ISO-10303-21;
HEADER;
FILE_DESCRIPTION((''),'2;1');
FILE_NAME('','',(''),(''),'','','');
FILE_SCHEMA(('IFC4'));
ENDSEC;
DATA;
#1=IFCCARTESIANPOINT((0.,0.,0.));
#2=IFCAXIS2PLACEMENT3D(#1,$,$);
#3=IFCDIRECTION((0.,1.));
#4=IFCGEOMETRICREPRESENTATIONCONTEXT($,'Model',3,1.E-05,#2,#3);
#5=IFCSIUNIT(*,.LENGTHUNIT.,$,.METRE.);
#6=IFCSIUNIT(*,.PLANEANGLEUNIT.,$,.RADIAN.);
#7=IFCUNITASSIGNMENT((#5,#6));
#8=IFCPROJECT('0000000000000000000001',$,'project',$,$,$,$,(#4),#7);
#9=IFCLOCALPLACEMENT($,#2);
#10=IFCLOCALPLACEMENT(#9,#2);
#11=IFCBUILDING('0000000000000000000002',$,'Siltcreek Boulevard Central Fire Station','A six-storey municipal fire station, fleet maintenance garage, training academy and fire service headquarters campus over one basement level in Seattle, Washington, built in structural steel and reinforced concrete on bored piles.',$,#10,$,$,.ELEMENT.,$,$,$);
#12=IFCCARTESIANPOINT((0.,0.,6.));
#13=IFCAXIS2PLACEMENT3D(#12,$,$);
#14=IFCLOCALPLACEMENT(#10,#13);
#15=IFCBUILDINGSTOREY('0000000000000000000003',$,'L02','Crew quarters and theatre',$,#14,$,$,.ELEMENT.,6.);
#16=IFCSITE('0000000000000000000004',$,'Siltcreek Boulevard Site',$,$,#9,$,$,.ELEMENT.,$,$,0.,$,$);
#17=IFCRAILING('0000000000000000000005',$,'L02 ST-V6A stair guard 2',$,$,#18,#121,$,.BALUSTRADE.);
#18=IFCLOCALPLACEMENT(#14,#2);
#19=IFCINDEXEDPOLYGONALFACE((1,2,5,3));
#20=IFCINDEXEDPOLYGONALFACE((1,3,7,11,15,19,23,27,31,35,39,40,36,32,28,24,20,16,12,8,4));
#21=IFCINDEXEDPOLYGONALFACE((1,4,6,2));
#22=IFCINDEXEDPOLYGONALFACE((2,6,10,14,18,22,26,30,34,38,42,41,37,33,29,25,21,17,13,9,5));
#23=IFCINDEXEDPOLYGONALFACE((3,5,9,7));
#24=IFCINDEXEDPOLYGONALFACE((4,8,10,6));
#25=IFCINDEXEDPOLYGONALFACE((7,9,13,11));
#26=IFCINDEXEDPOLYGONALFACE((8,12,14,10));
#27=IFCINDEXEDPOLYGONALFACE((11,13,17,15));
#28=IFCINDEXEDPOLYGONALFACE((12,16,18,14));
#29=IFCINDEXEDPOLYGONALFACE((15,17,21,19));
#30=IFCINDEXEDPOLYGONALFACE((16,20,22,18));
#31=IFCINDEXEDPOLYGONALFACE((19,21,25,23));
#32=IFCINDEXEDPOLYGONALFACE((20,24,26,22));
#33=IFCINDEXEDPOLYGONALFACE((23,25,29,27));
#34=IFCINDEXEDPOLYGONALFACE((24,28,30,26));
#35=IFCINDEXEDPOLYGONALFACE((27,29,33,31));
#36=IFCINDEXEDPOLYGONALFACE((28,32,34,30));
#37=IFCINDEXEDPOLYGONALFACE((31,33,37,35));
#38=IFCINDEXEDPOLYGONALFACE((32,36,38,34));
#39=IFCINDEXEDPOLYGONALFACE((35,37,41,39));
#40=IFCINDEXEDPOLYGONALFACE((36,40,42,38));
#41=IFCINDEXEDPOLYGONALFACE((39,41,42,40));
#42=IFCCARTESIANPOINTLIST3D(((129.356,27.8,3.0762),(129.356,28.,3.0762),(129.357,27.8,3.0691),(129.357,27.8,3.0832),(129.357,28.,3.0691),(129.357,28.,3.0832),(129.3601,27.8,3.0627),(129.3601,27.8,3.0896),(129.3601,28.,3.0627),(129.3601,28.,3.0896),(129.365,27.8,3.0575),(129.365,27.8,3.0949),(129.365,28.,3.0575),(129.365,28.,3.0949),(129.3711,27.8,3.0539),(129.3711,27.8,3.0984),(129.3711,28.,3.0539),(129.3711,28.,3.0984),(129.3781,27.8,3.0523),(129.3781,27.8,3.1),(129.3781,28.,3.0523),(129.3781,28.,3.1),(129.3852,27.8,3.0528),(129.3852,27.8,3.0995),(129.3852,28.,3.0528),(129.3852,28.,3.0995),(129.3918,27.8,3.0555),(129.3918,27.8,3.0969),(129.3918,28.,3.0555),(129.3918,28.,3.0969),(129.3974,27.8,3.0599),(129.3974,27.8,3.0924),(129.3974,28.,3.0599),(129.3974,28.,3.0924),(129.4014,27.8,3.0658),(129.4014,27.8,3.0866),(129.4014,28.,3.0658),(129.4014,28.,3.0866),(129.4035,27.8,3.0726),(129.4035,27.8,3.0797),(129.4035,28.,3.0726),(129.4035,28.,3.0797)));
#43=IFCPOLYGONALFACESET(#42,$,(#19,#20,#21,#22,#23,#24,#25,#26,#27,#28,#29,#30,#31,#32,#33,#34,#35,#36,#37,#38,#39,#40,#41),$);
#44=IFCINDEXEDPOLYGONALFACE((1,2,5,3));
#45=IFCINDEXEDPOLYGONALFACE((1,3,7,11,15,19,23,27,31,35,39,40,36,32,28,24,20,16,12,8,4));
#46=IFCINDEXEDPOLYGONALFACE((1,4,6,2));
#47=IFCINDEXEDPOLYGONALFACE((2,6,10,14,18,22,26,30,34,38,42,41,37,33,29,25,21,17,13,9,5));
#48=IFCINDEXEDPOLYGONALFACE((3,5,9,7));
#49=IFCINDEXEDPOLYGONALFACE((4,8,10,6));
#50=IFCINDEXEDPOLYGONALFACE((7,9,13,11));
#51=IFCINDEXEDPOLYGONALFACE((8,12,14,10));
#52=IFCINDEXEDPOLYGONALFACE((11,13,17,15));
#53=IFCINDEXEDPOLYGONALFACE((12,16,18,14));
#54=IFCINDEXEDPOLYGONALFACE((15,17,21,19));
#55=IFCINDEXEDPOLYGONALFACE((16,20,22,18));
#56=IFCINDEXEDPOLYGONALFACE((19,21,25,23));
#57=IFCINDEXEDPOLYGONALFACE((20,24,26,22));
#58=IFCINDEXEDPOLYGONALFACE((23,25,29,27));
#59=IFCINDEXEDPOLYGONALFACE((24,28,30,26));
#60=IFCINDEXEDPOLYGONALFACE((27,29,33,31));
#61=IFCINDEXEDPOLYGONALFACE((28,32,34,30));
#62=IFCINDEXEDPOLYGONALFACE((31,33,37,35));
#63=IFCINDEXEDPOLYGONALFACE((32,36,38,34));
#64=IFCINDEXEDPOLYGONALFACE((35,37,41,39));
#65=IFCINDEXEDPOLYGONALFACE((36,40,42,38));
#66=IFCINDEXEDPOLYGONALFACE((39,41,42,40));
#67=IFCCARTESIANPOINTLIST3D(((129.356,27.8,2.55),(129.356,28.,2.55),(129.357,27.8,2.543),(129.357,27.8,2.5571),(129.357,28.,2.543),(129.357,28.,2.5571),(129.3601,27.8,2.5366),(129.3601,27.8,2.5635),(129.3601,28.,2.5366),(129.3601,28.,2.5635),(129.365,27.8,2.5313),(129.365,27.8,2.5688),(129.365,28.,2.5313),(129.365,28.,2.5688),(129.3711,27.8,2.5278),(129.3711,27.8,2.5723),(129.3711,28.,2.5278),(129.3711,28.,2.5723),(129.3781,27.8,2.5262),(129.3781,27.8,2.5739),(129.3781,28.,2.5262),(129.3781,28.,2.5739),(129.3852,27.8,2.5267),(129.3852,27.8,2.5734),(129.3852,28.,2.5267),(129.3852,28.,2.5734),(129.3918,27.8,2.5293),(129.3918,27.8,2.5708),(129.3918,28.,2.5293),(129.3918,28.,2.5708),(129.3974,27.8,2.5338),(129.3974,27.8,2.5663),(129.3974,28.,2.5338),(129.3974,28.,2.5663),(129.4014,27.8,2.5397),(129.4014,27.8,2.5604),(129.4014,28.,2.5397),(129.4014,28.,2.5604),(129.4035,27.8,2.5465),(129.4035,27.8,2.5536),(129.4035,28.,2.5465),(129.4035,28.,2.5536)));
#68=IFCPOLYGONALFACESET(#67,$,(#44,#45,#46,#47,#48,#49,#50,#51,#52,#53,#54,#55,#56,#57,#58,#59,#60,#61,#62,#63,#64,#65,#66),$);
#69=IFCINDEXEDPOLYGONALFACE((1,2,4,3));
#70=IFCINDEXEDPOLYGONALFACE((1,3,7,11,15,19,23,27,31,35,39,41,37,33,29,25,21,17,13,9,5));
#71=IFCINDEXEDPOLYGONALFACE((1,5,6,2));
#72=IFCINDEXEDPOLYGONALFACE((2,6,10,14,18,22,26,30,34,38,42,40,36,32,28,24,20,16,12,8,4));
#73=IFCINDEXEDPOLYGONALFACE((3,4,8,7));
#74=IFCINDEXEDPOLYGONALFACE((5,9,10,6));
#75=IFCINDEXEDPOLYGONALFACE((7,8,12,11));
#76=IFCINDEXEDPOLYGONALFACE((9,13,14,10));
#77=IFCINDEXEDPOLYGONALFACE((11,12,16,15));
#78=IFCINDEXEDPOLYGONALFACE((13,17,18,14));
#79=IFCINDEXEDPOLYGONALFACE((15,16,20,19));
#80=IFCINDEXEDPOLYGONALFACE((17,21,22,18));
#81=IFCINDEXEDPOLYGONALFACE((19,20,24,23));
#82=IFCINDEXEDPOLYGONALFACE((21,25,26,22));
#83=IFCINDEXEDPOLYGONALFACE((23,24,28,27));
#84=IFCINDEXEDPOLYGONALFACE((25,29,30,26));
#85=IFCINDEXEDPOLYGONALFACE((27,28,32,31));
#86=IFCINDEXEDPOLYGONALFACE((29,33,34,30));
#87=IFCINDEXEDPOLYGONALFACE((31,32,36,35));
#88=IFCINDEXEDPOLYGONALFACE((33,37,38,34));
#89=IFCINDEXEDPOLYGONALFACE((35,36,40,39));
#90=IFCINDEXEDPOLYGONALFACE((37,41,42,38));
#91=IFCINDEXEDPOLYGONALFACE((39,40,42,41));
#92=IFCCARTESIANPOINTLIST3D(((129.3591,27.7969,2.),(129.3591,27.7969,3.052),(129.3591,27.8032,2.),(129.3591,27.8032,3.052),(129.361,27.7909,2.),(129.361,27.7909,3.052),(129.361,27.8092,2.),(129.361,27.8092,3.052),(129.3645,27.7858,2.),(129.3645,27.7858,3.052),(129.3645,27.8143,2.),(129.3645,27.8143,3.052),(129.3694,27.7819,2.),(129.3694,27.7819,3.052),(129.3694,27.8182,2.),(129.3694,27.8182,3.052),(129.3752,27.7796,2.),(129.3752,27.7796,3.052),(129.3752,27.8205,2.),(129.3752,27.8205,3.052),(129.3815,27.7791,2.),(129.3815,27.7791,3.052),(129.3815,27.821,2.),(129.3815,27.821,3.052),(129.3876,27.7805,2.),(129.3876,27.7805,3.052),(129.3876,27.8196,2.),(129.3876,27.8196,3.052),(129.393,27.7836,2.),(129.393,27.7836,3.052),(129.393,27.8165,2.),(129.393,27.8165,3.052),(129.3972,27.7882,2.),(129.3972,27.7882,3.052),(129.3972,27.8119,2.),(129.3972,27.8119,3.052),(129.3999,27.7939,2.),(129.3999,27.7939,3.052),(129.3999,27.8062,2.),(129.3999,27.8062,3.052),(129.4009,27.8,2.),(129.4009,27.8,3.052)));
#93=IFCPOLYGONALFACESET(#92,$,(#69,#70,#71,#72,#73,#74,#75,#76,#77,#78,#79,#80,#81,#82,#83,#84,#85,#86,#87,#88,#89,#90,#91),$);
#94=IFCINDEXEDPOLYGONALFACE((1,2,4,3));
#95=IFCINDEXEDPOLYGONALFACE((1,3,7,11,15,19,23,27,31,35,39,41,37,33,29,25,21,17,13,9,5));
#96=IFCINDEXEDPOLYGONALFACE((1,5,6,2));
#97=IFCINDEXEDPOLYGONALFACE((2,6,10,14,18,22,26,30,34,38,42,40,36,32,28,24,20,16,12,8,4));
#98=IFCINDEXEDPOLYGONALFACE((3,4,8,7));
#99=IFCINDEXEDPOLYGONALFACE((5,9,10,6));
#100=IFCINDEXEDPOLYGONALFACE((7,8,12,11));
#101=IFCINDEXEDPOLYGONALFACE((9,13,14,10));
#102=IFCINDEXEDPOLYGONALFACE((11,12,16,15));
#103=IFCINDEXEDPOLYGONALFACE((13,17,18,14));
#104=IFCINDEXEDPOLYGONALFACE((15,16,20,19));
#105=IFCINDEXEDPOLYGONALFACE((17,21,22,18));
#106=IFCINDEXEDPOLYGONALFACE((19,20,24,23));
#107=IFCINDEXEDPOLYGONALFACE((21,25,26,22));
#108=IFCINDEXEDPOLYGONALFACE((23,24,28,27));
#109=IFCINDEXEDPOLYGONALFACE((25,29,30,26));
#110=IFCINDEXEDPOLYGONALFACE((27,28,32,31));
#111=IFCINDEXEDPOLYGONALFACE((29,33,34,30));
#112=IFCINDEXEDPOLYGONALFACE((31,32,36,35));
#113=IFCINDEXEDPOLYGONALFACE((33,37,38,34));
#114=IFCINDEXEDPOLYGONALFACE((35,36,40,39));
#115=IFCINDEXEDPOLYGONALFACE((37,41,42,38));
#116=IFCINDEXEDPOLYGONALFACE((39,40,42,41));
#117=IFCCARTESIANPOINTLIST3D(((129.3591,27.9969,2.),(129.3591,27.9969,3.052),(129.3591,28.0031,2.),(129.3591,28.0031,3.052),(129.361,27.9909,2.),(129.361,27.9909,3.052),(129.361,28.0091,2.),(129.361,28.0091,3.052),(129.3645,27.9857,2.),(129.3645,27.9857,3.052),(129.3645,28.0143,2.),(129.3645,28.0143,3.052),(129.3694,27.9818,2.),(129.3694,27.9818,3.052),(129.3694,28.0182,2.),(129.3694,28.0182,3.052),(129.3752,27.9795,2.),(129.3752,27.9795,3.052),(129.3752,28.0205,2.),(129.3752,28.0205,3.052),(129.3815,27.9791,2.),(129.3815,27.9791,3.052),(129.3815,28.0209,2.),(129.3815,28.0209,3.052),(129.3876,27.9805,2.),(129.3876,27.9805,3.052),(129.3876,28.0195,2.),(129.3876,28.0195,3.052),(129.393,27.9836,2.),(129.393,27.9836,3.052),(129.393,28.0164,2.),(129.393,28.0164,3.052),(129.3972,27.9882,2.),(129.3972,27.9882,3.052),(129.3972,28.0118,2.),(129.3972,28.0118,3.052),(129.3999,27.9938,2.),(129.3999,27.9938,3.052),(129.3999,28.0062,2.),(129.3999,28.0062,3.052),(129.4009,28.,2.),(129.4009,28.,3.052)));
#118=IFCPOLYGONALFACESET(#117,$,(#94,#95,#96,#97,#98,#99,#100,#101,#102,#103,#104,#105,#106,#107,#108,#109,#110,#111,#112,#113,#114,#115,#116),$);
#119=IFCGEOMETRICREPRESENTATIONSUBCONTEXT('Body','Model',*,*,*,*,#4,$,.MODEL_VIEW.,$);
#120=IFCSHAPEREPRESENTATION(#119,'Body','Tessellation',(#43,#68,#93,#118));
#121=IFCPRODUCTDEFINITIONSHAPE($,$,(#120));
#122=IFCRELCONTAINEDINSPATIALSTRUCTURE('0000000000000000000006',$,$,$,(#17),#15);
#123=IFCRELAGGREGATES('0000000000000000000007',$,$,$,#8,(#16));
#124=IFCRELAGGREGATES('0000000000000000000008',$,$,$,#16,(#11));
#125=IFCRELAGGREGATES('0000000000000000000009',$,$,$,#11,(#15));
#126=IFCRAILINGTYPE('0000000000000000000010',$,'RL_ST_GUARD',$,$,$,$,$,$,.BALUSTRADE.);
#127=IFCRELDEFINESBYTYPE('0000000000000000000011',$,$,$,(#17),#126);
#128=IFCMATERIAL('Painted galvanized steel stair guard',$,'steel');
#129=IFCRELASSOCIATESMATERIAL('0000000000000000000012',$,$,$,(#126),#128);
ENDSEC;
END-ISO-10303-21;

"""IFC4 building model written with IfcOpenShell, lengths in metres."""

from ifc_helpers import new_model, si_unit, direction, frame, origin, origin_2d, place, context, subcontext, project, spatial, circle, extrude, material, type_object, element, save


model = new_model("IFC4")

# Units and contexts
model_context = context("Model", 3, precision=1e-05, world=origin(), true_north=direction((0.0, 1.0)))
body_context = subcontext(model_context, "Body", "Model", "MODEL_VIEW")
ifc_project = project(units=[si_unit("LENGTHUNIT", "METRE"), si_unit("PLANEANGLEUNIT", "RADIAN")], contexts=[model_context])

# Site, building, storey
site_placement = place(None, origin())
site = spatial("IfcSite", under=ifc_project, at=site_placement, Name="Siltcreek Boulevard Site", CompositionType="ELEMENT", RefElevation=0.0)
building_placement = place(site_placement, origin())
building = spatial("IfcBuilding", under=site, at=building_placement, Name="Siltcreek Boulevard Central Fire Station", Description="A six-storey municipal fire station, fleet maintenance garage, training academy and fire service headquarters campus over one basement level in Seattle, Washington, built in structural steel and reinforced concrete on bored piles.", CompositionType="ELEMENT")
storey_placement = place(building_placement, frame((0.0, 0.0, 6.0)))
storey = spatial("IfcBuildingStorey", under=building, at=storey_placement, Name="L02", Description="Crew quarters and theatre", CompositionType="ELEMENT", Elevation=6.0)

# Railing
ifc_material_1 = material(Name="Painted galvanized steel stair guard", Category="steel")
railing_type_1 = type_object("IfcRailingType", Name="RL_ST_GUARD", PredefinedType="BALUSTRADE", material=ifc_material_1)
railing_1_placement = place(storey_placement, frame((129.3799, 27.8, 2.0)))
element("IfcRailing", 1, at=railing_1_placement, inside=storey, type_object=railing_type_1, Name="L02 ST-V6A stair guard 2", PredefinedType="BALUSTRADE", context=body_context, shape_type="SweptSolid", body=[
    extrude(circle(Radius=0.0239, at=origin_2d()), frame((0.0, 0.0, 1.0762), z_axis=(0.0, 1.0, 0.0), x_axis=(-1.0, 0.0, 0.0)), (0.0, 0.0, 1.0), 0.2),
    extrude(circle(Radius=0.0239, at=origin_2d()), frame((0.0, 0.0, 0.55), z_axis=(0.0, 1.0, 0.0), x_axis=(-1.0, 0.0, 0.0)), (0.0, 0.0, 1.0), 0.2),
    extrude(circle(Radius=0.021, at=origin_2d()), origin(), (0.0, 0.0, 1.0), 1.052),
    extrude(circle(Radius=0.021, at=origin_2d()), frame((0.0, 0.2, 0.0)), (0.0, 0.0, 1.0), 1.052),
])

save(model, "model.ifc")
